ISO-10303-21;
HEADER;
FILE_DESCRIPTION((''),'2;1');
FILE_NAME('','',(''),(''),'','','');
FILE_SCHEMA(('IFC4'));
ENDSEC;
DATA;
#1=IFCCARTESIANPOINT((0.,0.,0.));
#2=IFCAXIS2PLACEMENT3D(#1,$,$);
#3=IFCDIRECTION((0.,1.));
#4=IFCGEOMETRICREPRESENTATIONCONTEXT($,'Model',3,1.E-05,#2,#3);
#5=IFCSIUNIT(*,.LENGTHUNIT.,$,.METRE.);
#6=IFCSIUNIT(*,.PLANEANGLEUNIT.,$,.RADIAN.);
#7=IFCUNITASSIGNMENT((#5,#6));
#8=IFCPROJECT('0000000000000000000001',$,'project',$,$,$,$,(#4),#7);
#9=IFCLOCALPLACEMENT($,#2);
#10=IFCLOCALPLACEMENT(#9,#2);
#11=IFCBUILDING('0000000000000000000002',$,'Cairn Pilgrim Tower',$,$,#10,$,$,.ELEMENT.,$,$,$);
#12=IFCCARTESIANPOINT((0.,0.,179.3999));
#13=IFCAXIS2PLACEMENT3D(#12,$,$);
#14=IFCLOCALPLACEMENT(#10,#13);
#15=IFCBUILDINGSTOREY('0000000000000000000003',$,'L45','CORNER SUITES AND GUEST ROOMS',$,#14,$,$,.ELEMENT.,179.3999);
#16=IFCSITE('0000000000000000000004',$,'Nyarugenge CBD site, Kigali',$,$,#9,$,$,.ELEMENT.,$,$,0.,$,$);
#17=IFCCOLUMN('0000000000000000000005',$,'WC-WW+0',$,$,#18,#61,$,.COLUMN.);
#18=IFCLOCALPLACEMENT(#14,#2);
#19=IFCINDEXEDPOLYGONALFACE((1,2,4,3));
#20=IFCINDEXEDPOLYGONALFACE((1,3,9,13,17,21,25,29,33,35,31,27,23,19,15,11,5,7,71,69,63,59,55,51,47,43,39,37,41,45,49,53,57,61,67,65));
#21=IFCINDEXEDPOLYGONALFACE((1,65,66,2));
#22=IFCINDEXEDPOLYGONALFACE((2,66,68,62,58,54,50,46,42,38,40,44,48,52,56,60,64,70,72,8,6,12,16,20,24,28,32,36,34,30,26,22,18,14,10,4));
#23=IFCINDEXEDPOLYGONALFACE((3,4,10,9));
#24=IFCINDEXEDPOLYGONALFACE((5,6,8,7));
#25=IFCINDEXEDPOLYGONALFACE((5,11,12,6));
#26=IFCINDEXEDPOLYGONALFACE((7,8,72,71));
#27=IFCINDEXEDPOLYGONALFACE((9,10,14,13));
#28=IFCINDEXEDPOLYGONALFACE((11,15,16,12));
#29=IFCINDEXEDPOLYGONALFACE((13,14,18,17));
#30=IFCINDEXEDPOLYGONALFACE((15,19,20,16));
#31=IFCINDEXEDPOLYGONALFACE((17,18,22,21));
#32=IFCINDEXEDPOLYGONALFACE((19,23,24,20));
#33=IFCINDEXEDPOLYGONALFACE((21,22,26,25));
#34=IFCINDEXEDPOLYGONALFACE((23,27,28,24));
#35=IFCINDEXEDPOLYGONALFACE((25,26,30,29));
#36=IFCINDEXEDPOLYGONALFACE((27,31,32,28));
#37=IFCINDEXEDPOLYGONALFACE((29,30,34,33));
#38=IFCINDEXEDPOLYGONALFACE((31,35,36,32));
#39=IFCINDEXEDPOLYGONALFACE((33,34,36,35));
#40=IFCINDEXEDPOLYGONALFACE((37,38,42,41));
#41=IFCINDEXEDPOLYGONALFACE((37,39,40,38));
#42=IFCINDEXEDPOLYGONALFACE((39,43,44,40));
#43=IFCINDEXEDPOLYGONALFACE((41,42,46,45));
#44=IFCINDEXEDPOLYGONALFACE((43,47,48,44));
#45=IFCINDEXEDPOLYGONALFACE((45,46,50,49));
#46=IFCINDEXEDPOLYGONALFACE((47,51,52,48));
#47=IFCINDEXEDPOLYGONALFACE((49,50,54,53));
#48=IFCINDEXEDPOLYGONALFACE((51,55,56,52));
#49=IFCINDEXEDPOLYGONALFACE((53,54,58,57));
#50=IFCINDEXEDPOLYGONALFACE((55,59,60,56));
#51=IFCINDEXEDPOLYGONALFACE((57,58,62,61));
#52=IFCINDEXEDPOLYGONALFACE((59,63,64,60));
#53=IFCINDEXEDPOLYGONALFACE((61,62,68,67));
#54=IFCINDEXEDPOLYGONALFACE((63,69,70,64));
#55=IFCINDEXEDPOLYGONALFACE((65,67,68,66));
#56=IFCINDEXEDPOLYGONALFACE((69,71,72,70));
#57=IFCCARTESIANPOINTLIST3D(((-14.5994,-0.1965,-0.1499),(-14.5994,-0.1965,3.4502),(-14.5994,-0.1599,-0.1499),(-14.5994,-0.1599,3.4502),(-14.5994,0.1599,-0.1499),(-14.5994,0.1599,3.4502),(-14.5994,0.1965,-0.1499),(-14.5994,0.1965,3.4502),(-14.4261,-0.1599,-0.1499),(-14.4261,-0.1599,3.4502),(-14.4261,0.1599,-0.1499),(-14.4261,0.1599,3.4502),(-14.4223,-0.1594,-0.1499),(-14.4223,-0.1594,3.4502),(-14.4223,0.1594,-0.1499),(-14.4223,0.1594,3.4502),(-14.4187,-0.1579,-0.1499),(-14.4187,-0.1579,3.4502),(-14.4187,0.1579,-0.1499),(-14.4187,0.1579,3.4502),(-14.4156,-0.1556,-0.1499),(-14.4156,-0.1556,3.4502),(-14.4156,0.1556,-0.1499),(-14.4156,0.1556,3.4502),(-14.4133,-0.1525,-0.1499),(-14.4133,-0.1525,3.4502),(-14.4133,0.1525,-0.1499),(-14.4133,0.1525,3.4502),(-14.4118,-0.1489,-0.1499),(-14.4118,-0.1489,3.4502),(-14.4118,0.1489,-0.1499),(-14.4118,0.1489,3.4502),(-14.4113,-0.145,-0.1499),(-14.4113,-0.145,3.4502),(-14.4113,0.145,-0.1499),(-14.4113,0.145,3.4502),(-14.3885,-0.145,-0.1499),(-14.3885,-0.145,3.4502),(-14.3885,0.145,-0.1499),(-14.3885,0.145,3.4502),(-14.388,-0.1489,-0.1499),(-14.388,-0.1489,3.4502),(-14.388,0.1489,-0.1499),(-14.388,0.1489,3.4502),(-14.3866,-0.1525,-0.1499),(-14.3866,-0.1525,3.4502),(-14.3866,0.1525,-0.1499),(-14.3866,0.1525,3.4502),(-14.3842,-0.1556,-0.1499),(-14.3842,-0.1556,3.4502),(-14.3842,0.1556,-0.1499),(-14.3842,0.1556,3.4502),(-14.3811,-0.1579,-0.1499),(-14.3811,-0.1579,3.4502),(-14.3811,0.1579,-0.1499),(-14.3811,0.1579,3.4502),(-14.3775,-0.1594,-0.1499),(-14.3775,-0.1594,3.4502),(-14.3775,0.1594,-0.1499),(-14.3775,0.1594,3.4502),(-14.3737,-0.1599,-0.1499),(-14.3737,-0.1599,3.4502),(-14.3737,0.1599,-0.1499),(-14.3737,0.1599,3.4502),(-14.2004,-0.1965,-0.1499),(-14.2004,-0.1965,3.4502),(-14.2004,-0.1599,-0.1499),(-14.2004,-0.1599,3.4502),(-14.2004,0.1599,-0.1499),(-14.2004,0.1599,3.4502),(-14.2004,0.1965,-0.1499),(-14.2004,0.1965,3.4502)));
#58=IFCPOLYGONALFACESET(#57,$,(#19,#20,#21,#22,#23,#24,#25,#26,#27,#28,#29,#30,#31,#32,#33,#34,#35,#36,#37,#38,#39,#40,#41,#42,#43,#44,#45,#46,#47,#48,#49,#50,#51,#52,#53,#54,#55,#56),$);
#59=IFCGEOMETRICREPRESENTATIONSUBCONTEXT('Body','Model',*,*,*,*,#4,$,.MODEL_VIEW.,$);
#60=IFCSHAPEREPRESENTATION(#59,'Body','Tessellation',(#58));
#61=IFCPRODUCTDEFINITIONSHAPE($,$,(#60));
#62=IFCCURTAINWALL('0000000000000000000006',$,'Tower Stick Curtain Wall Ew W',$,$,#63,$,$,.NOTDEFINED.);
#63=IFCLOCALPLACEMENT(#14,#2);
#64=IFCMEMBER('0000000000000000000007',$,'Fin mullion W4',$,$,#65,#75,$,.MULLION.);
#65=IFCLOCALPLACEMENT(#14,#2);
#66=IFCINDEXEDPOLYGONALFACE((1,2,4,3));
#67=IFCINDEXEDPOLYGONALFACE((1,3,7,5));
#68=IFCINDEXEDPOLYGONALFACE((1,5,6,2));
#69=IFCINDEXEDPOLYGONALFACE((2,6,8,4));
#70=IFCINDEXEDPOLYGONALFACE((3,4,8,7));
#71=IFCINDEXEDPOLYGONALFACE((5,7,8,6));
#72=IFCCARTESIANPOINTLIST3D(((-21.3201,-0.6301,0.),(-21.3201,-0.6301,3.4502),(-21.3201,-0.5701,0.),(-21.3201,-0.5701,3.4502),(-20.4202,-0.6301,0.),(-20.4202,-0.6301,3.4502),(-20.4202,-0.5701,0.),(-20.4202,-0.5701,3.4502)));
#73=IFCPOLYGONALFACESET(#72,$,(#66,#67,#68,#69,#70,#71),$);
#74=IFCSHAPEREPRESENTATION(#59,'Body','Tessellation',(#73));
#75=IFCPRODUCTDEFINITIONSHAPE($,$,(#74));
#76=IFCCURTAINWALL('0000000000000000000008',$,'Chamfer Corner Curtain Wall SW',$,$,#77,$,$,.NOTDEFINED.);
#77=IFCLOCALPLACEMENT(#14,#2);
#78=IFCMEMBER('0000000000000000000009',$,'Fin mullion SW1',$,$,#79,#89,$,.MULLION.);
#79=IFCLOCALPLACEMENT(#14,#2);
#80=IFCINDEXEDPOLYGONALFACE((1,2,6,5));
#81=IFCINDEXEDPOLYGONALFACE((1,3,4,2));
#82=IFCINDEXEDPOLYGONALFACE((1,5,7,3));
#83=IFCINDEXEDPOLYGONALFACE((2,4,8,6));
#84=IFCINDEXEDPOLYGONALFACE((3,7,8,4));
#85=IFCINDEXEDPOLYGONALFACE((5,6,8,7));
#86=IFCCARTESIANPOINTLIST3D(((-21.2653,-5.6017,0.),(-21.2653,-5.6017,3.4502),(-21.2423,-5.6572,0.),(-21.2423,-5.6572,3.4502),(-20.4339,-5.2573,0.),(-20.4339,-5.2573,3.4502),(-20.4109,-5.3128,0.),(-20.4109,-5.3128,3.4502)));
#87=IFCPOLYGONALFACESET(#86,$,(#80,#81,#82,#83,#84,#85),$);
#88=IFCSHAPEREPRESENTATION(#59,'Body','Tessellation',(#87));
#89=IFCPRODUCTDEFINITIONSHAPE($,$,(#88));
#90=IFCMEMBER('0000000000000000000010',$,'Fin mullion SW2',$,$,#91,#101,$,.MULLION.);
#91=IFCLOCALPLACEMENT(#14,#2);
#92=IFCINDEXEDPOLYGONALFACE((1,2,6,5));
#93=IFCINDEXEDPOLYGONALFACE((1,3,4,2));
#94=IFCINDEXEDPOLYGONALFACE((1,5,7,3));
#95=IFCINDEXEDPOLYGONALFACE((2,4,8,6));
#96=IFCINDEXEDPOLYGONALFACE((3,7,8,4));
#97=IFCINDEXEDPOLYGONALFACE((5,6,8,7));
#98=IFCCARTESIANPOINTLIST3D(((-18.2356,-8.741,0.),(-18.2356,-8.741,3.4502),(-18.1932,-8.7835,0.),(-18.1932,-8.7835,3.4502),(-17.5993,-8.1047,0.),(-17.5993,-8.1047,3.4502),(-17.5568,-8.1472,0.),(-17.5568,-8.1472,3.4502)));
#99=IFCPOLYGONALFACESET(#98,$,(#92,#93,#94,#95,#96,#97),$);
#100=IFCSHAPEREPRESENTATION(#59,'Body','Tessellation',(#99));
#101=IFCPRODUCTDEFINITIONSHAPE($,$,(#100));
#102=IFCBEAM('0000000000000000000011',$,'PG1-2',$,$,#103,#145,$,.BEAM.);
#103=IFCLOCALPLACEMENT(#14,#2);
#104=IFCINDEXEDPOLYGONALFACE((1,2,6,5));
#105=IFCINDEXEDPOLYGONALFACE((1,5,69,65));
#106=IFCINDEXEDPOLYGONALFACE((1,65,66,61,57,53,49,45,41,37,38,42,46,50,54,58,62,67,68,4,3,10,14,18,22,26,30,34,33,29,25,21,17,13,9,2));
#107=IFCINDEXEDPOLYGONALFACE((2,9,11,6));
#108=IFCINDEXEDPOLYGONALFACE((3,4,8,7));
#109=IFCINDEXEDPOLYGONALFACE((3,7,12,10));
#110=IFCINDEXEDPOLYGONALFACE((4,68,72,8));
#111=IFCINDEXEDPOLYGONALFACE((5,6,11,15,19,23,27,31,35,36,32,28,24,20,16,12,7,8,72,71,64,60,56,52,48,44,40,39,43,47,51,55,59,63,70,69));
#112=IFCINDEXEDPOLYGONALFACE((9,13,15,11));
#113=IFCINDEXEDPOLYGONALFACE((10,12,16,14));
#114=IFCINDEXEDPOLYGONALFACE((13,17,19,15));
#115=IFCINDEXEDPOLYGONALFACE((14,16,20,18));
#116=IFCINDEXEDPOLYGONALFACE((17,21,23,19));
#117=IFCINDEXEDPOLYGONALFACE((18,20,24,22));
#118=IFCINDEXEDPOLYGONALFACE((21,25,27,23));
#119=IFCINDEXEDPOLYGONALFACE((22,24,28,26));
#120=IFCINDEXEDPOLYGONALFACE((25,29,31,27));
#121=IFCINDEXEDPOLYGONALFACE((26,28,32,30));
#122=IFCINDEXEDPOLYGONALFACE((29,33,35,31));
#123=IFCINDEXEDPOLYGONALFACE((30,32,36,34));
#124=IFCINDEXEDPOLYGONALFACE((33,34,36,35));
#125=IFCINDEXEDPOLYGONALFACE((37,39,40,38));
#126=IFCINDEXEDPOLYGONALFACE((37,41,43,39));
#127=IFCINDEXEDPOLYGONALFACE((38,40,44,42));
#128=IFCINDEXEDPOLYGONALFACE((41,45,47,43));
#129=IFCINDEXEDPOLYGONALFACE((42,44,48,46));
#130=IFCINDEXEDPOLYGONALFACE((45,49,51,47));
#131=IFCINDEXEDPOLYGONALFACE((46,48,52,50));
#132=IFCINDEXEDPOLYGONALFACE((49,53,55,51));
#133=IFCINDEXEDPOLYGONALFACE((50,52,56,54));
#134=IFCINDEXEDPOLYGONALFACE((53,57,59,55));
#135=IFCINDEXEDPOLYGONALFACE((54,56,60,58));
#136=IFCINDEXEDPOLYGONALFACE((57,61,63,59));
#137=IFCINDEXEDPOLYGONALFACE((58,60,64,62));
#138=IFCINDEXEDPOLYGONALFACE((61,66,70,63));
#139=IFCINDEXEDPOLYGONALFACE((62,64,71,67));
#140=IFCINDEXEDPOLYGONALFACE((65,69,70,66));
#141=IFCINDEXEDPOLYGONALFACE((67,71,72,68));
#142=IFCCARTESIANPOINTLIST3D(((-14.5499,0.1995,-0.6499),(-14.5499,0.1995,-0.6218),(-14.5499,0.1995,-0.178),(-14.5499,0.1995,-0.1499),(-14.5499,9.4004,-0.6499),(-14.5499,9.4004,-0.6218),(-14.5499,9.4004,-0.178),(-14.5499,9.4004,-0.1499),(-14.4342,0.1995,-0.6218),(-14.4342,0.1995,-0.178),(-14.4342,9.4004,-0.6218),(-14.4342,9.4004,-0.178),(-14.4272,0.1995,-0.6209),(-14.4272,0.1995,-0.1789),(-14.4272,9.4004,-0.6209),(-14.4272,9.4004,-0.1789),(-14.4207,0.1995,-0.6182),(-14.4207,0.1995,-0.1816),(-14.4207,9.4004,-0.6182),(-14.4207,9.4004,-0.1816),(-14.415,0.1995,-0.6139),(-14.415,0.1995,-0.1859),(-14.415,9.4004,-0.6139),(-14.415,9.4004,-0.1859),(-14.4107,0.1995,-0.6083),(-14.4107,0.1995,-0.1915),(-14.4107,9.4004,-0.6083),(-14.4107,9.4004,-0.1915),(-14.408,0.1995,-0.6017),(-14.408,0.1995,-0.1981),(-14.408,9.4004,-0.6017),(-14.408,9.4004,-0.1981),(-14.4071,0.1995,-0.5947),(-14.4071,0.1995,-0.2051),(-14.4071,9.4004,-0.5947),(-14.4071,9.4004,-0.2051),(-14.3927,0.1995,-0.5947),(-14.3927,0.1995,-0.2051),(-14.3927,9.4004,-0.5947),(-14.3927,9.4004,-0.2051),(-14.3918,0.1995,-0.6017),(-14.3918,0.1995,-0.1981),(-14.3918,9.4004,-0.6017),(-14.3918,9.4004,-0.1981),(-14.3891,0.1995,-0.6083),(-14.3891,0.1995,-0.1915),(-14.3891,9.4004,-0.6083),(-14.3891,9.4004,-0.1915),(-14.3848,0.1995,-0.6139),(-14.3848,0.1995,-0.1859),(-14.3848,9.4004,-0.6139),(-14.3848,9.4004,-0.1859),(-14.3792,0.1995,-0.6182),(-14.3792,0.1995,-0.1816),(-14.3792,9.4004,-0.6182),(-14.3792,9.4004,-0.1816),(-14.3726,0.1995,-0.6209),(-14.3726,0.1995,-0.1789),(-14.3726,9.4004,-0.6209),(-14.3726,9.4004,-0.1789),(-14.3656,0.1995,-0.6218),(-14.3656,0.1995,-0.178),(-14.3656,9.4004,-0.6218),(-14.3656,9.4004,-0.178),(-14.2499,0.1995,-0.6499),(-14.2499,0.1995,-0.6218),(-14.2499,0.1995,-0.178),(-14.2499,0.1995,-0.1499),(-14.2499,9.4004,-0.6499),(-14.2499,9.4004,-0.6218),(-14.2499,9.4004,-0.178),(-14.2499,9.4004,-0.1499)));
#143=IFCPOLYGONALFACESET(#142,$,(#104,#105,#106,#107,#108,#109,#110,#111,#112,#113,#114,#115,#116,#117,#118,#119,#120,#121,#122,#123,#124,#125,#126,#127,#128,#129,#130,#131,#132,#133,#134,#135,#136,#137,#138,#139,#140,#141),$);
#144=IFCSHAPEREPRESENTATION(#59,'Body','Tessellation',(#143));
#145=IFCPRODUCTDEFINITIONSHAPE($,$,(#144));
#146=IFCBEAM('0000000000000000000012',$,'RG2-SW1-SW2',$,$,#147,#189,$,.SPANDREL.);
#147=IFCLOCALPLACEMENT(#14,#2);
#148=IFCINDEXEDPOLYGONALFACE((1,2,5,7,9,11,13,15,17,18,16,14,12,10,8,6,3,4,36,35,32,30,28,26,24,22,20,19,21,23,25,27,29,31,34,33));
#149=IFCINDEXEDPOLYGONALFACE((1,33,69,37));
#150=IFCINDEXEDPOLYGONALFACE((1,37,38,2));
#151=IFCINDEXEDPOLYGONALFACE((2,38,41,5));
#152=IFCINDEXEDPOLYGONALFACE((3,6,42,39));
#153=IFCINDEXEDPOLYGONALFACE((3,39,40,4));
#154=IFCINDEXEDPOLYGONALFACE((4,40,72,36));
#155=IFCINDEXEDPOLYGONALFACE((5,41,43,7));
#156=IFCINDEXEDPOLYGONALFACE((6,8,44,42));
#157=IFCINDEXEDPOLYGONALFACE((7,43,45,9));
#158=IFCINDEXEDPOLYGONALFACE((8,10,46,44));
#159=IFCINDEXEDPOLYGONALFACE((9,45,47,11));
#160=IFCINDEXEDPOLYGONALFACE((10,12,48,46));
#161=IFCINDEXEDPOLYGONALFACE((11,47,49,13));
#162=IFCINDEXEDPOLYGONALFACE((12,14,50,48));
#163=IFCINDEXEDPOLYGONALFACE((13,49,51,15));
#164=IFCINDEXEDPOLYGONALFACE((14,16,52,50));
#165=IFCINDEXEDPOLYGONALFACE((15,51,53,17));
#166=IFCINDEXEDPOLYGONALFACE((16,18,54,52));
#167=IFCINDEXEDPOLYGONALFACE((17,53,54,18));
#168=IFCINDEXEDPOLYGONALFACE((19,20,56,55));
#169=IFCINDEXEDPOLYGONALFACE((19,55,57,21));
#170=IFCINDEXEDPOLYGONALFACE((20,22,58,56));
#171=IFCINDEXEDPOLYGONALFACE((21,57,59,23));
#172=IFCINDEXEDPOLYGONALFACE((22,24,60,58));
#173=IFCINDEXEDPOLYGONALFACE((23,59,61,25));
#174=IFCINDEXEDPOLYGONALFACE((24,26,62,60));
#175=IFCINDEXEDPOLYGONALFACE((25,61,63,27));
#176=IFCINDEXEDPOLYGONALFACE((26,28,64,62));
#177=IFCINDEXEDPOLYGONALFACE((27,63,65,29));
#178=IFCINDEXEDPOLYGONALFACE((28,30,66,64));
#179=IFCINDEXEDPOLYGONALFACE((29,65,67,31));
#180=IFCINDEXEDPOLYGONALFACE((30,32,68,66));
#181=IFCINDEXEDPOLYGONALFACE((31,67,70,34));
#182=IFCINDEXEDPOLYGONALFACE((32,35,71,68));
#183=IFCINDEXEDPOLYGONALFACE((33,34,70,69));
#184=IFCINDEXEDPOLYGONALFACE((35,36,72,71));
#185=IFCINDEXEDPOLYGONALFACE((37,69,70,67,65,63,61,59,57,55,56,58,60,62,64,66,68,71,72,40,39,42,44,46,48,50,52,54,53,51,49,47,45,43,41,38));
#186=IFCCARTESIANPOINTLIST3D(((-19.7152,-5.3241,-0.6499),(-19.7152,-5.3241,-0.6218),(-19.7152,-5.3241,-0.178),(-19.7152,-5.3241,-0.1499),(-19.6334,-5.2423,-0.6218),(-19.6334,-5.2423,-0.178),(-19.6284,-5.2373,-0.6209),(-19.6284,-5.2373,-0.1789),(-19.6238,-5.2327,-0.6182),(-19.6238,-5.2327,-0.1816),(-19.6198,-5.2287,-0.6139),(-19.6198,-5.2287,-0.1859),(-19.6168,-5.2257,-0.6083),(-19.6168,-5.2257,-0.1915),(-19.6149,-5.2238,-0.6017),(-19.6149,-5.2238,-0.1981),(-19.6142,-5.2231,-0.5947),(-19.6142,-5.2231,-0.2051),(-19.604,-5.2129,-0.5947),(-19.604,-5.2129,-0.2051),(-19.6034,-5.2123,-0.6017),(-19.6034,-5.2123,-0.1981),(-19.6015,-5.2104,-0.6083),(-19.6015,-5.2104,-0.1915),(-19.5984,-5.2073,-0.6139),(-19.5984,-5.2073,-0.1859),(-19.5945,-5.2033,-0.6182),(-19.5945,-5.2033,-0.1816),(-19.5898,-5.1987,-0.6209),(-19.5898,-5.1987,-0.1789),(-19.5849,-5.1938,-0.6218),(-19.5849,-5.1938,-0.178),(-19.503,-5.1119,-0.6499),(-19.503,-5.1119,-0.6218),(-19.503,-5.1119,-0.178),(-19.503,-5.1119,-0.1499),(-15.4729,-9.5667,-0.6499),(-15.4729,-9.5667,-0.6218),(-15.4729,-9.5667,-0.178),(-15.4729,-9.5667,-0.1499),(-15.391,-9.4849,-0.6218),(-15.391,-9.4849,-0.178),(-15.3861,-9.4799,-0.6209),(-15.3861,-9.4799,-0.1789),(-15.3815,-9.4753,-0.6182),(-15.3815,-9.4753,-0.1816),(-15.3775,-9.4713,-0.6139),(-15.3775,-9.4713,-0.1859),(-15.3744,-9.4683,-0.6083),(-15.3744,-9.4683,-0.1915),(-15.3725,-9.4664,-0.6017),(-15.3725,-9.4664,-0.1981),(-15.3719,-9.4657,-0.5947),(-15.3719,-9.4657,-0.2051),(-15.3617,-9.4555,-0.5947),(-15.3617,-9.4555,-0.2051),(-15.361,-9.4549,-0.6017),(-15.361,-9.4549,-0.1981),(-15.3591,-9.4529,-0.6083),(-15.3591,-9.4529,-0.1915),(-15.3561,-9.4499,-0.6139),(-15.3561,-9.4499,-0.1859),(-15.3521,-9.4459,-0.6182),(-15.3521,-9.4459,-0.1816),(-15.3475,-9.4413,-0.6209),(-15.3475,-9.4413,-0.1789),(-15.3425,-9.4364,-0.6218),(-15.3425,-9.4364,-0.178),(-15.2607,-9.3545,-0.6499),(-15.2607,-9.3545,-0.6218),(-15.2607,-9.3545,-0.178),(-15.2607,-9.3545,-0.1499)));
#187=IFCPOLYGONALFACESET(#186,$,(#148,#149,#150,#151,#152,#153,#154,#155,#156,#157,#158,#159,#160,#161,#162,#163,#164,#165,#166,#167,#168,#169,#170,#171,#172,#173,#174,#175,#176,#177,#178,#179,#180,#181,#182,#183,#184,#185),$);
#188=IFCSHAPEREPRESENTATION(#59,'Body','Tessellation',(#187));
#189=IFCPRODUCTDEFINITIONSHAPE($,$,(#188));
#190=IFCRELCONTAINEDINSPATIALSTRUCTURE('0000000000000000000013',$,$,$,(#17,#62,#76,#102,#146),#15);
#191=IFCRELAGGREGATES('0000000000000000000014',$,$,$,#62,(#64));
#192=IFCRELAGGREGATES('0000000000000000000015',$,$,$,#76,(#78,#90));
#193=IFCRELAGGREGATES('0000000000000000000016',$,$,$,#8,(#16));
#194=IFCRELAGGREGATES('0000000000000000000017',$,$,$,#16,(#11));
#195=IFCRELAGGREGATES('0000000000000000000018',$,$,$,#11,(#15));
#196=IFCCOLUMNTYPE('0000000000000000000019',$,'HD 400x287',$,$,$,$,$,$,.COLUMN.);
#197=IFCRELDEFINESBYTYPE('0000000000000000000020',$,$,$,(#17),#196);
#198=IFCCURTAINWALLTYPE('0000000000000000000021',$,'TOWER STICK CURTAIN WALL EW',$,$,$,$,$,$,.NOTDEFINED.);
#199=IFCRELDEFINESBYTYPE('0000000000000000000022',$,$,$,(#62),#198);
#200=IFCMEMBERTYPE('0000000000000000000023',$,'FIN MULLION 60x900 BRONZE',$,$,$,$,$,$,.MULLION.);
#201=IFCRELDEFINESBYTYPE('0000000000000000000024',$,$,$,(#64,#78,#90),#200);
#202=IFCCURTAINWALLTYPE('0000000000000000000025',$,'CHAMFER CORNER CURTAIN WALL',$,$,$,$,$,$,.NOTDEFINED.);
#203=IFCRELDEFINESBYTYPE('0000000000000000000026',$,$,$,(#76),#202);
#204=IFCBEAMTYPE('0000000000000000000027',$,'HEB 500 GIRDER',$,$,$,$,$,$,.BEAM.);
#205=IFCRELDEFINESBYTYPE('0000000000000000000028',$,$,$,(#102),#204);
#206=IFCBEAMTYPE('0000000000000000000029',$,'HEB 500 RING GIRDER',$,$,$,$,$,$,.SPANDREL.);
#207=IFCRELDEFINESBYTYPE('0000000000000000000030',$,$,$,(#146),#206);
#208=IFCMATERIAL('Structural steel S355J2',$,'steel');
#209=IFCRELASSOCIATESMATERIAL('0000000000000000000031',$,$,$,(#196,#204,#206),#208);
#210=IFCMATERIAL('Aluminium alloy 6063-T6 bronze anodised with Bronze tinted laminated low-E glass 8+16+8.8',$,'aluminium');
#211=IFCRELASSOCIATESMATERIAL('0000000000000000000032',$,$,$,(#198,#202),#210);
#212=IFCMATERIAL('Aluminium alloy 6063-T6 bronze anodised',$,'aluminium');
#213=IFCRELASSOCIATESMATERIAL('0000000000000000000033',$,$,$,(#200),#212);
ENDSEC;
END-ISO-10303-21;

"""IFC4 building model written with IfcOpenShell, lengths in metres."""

from ifc_helpers import new_model, si_unit, direction, frame, origin, origin_2d, place, context, subcontext, project, spatial, rectangle, i_section, extrude, material, material_profile, profile_set, type_object, element, aggregate, save


model = new_model("IFC4")

# Units and contexts
model_context = context("Model", 3, precision=1e-05, world=origin(), true_north=direction((0.0, 1.0)))
body_context = subcontext(model_context, "Body", "Model", "MODEL_VIEW")
ifc_project = project(units=[si_unit("LENGTHUNIT", "METRE"), si_unit("PLANEANGLEUNIT", "RADIAN")], contexts=[model_context])

# Site, building, storey
site_placement = place(None, origin())
site = spatial("IfcSite", under=ifc_project, at=site_placement, Name="Nyarugenge CBD site, Kigali", CompositionType="ELEMENT", RefElevation=0.0)
building_placement = place(site_placement, origin())
building = spatial("IfcBuilding", under=site, at=building_placement, Name="Cairn Pilgrim Tower", CompositionType="ELEMENT")
storey_placement = place(building_placement, frame((0.0, 0.0, 179.3999)))
storey = spatial("IfcBuildingStorey", under=building, at=storey_placement, Name="L45", Description="CORNER SUITES AND GUEST ROOMS", CompositionType="ELEMENT", Elevation=179.3999)

# Column
ifc_material_1 = material(Name="Structural steel S355J2", Category="steel")
ifc_material_profile_1 = material_profile(ifc_material_1, i_section(OverallWidth=0.3989, OverallDepth=0.3931, WebThickness=0.0227, FlangeThickness=0.0366, FilletRadius=0.0149, at=origin_2d()), Name="HD 400x287")
ifc_profile_set_1 = profile_set([ifc_material_profile_1], Name="Structural steel S355J2")
column_type_1 = type_object("IfcColumnType", Name="HD 400x287", PredefinedType="COLUMN", material=ifc_profile_set_1)
column_placement = place(storey_placement, frame((-14.3999, 0.0, -0.1499), z_axis=(0.0, 0.0, 1.0), x_axis=(1.0, 0.0, 0.0)))
element("IfcColumn", 1, at=column_placement, inside=storey, type_object=column_type_1, Name="WC-WW+0", PredefinedType="COLUMN", context=body_context, shape_type="SweptSolid", body=[
    extrude(i_section(OverallWidth=0.3989, OverallDepth=0.3931, WebThickness=0.0227, FlangeThickness=0.0366, FilletRadius=0.0149, at=origin_2d()), origin(), (0.0, 0.0, 1.0), 3.6001),
])

# Curtain wall, member
ifc_material_2 = material(Name="Aluminium alloy 6063-T6 bronze anodised with Bronze tinted laminated low-E glass 8+16+8.8", Category="aluminium")
curtain_wall_type_1 = type_object("IfcCurtainWallType", Name="TOWER STICK CURTAIN WALL EW", PredefinedType="NOTDEFINED", material=ifc_material_2)
curtain_wall_1_placement = place(storey_placement, origin())
curtain_wall_1 = element("IfcCurtainWall", 2, at=curtain_wall_1_placement, inside=storey, type_object=curtain_wall_type_1, Name="Tower Stick Curtain Wall Ew W", PredefinedType="NOTDEFINED")
ifc_material_3 = material(Name="Aluminium alloy 6063-T6 bronze anodised", Category="aluminium")
ifc_material_profile_2 = material_profile(ifc_material_3, rectangle(XDim=0.8999, YDim=0.0601, at=origin_2d()), Name="FIN MULLION 60x900 BRONZE")
ifc_profile_set_2 = profile_set([ifc_material_profile_2], Name="Aluminium alloy 6063-T6 bronze anodised")
member_type_1 = type_object("IfcMemberType", Name="FIN MULLION 60x900 BRONZE", PredefinedType="MULLION", material=ifc_profile_set_2)
member_1_placement = place(storey_placement, frame((-20.8701, -0.6001, 0.0), z_axis=(0.0, 0.0, 1.0), x_axis=(-1.0, 0.0, 0.0)))
member_1 = element("IfcMember", 3, at=member_1_placement, type_object=member_type_1, Name="Fin mullion W4", PredefinedType="MULLION", context=body_context, shape_type="SweptSolid", body=[
    extrude(rectangle(XDim=0.8999, YDim=0.0601, at=origin_2d()), origin(), (0.0, 0.0, 1.0), 3.4502),
])
aggregate(curtain_wall_1, [member_1])

# Curtain wall, members
curtain_wall_type_2 = type_object("IfcCurtainWallType", Name="CHAMFER CORNER CURTAIN WALL", PredefinedType="NOTDEFINED", material=ifc_material_2)
curtain_wall_2_placement = place(storey_placement, origin())
curtain_wall_2 = element("IfcCurtainWall", 4, at=curtain_wall_2_placement, inside=storey, type_object=curtain_wall_type_2, Name="Chamfer Corner Curtain Wall SW", PredefinedType="NOTDEFINED")
member_2_placement = place(storey_placement, frame((-20.8381, -5.4573, 0.0), z_axis=(0.0, 0.0, 1.0), x_axis=(-0.92388, -0.382683, 0.0)))
member_2 = element("IfcMember", 5, at=member_2_placement, type_object=member_type_1, Name="Fin mullion SW1", PredefinedType="MULLION", context=body_context, shape_type="SweptSolid", body=[
    extrude(rectangle(XDim=0.8999, YDim=0.0601, at=origin_2d()), origin(), (0.0, 0.0, 1.0), 3.4502),
])
member_3_placement = place(storey_placement, frame((-17.8962, -8.4441, 0.0), z_axis=(0.0, 0.0, 1.0), x_axis=(-0.707107, -0.707107, 0.0)))
member_3 = element("IfcMember", 6, at=member_3_placement, type_object=member_type_1, Name="Fin mullion SW2", PredefinedType="MULLION", context=body_context, shape_type="SweptSolid", body=[
    extrude(rectangle(XDim=0.8999, YDim=0.0601, at=origin_2d()), origin(), (0.0, 0.0, 1.0), 3.4502),
])

# Beams
ifc_material_profile_3 = material_profile(ifc_material_1, i_section(OverallWidth=0.3, OverallDepth=0.5, WebThickness=0.0144, FlangeThickness=0.0281, FilletRadius=0.0271, at=origin_2d()), Name="HEB 500")
ifc_profile_set_3 = profile_set([ifc_material_profile_3], Name="Structural steel S355J2")
beam_type_1 = type_object("IfcBeamType", Name="HEB 500 GIRDER", PredefinedType="BEAM", material=ifc_profile_set_3)
beam_1_placement = place(storey_placement, frame((-14.3999, 0.1995, -0.3999), z_axis=(0.0, 1.0, 0.0), x_axis=(-1.0, 0.0, 0.0)))
element("IfcBeam", 7, at=beam_1_placement, inside=storey, type_object=beam_type_1, Name="PG1-2", PredefinedType="BEAM", context=body_context, shape_type="SweptSolid", body=[
    extrude(i_section(OverallWidth=0.3, OverallDepth=0.5, WebThickness=0.0144, FlangeThickness=0.0281, FilletRadius=0.0271, at=origin_2d()), origin(), (0.0, 0.0, 1.0), 9.2009),
])
ifc_material_profile_4 = material_profile(ifc_material_1, i_section(OverallWidth=0.3, OverallDepth=0.5, WebThickness=0.0144, FlangeThickness=0.0281, FilletRadius=0.0271, at=origin_2d()), Name="HEB 500")
ifc_profile_set_4 = profile_set([ifc_material_profile_4], Name="Structural steel S355J2")
beam_type_2 = type_object("IfcBeamType", Name="HEB 500 RING GIRDER", PredefinedType="SPANDREL", material=ifc_profile_set_4)
beam_2_placement = place(storey_placement, frame((-19.6091, -5.218, -0.3999), z_axis=(0.707086, -0.707127, 0.0), x_axis=(0.707127, 0.707086, 0.0)))
element("IfcBeam", 8, at=beam_2_placement, inside=storey, type_object=beam_type_2, Name="RG2-SW1-SW2", PredefinedType="SPANDREL", context=body_context, shape_type="SweptSolid", body=[
    extrude(i_section(OverallWidth=0.3, OverallDepth=0.5, WebThickness=0.0144, FlangeThickness=0.0281, FilletRadius=0.0271, at=origin_2d()), origin(), (0.0, 0.0, 1.0), 5.9998),
])

aggregate(curtain_wall_2, [member_2, member_3])

save(model, "model.ifc")
